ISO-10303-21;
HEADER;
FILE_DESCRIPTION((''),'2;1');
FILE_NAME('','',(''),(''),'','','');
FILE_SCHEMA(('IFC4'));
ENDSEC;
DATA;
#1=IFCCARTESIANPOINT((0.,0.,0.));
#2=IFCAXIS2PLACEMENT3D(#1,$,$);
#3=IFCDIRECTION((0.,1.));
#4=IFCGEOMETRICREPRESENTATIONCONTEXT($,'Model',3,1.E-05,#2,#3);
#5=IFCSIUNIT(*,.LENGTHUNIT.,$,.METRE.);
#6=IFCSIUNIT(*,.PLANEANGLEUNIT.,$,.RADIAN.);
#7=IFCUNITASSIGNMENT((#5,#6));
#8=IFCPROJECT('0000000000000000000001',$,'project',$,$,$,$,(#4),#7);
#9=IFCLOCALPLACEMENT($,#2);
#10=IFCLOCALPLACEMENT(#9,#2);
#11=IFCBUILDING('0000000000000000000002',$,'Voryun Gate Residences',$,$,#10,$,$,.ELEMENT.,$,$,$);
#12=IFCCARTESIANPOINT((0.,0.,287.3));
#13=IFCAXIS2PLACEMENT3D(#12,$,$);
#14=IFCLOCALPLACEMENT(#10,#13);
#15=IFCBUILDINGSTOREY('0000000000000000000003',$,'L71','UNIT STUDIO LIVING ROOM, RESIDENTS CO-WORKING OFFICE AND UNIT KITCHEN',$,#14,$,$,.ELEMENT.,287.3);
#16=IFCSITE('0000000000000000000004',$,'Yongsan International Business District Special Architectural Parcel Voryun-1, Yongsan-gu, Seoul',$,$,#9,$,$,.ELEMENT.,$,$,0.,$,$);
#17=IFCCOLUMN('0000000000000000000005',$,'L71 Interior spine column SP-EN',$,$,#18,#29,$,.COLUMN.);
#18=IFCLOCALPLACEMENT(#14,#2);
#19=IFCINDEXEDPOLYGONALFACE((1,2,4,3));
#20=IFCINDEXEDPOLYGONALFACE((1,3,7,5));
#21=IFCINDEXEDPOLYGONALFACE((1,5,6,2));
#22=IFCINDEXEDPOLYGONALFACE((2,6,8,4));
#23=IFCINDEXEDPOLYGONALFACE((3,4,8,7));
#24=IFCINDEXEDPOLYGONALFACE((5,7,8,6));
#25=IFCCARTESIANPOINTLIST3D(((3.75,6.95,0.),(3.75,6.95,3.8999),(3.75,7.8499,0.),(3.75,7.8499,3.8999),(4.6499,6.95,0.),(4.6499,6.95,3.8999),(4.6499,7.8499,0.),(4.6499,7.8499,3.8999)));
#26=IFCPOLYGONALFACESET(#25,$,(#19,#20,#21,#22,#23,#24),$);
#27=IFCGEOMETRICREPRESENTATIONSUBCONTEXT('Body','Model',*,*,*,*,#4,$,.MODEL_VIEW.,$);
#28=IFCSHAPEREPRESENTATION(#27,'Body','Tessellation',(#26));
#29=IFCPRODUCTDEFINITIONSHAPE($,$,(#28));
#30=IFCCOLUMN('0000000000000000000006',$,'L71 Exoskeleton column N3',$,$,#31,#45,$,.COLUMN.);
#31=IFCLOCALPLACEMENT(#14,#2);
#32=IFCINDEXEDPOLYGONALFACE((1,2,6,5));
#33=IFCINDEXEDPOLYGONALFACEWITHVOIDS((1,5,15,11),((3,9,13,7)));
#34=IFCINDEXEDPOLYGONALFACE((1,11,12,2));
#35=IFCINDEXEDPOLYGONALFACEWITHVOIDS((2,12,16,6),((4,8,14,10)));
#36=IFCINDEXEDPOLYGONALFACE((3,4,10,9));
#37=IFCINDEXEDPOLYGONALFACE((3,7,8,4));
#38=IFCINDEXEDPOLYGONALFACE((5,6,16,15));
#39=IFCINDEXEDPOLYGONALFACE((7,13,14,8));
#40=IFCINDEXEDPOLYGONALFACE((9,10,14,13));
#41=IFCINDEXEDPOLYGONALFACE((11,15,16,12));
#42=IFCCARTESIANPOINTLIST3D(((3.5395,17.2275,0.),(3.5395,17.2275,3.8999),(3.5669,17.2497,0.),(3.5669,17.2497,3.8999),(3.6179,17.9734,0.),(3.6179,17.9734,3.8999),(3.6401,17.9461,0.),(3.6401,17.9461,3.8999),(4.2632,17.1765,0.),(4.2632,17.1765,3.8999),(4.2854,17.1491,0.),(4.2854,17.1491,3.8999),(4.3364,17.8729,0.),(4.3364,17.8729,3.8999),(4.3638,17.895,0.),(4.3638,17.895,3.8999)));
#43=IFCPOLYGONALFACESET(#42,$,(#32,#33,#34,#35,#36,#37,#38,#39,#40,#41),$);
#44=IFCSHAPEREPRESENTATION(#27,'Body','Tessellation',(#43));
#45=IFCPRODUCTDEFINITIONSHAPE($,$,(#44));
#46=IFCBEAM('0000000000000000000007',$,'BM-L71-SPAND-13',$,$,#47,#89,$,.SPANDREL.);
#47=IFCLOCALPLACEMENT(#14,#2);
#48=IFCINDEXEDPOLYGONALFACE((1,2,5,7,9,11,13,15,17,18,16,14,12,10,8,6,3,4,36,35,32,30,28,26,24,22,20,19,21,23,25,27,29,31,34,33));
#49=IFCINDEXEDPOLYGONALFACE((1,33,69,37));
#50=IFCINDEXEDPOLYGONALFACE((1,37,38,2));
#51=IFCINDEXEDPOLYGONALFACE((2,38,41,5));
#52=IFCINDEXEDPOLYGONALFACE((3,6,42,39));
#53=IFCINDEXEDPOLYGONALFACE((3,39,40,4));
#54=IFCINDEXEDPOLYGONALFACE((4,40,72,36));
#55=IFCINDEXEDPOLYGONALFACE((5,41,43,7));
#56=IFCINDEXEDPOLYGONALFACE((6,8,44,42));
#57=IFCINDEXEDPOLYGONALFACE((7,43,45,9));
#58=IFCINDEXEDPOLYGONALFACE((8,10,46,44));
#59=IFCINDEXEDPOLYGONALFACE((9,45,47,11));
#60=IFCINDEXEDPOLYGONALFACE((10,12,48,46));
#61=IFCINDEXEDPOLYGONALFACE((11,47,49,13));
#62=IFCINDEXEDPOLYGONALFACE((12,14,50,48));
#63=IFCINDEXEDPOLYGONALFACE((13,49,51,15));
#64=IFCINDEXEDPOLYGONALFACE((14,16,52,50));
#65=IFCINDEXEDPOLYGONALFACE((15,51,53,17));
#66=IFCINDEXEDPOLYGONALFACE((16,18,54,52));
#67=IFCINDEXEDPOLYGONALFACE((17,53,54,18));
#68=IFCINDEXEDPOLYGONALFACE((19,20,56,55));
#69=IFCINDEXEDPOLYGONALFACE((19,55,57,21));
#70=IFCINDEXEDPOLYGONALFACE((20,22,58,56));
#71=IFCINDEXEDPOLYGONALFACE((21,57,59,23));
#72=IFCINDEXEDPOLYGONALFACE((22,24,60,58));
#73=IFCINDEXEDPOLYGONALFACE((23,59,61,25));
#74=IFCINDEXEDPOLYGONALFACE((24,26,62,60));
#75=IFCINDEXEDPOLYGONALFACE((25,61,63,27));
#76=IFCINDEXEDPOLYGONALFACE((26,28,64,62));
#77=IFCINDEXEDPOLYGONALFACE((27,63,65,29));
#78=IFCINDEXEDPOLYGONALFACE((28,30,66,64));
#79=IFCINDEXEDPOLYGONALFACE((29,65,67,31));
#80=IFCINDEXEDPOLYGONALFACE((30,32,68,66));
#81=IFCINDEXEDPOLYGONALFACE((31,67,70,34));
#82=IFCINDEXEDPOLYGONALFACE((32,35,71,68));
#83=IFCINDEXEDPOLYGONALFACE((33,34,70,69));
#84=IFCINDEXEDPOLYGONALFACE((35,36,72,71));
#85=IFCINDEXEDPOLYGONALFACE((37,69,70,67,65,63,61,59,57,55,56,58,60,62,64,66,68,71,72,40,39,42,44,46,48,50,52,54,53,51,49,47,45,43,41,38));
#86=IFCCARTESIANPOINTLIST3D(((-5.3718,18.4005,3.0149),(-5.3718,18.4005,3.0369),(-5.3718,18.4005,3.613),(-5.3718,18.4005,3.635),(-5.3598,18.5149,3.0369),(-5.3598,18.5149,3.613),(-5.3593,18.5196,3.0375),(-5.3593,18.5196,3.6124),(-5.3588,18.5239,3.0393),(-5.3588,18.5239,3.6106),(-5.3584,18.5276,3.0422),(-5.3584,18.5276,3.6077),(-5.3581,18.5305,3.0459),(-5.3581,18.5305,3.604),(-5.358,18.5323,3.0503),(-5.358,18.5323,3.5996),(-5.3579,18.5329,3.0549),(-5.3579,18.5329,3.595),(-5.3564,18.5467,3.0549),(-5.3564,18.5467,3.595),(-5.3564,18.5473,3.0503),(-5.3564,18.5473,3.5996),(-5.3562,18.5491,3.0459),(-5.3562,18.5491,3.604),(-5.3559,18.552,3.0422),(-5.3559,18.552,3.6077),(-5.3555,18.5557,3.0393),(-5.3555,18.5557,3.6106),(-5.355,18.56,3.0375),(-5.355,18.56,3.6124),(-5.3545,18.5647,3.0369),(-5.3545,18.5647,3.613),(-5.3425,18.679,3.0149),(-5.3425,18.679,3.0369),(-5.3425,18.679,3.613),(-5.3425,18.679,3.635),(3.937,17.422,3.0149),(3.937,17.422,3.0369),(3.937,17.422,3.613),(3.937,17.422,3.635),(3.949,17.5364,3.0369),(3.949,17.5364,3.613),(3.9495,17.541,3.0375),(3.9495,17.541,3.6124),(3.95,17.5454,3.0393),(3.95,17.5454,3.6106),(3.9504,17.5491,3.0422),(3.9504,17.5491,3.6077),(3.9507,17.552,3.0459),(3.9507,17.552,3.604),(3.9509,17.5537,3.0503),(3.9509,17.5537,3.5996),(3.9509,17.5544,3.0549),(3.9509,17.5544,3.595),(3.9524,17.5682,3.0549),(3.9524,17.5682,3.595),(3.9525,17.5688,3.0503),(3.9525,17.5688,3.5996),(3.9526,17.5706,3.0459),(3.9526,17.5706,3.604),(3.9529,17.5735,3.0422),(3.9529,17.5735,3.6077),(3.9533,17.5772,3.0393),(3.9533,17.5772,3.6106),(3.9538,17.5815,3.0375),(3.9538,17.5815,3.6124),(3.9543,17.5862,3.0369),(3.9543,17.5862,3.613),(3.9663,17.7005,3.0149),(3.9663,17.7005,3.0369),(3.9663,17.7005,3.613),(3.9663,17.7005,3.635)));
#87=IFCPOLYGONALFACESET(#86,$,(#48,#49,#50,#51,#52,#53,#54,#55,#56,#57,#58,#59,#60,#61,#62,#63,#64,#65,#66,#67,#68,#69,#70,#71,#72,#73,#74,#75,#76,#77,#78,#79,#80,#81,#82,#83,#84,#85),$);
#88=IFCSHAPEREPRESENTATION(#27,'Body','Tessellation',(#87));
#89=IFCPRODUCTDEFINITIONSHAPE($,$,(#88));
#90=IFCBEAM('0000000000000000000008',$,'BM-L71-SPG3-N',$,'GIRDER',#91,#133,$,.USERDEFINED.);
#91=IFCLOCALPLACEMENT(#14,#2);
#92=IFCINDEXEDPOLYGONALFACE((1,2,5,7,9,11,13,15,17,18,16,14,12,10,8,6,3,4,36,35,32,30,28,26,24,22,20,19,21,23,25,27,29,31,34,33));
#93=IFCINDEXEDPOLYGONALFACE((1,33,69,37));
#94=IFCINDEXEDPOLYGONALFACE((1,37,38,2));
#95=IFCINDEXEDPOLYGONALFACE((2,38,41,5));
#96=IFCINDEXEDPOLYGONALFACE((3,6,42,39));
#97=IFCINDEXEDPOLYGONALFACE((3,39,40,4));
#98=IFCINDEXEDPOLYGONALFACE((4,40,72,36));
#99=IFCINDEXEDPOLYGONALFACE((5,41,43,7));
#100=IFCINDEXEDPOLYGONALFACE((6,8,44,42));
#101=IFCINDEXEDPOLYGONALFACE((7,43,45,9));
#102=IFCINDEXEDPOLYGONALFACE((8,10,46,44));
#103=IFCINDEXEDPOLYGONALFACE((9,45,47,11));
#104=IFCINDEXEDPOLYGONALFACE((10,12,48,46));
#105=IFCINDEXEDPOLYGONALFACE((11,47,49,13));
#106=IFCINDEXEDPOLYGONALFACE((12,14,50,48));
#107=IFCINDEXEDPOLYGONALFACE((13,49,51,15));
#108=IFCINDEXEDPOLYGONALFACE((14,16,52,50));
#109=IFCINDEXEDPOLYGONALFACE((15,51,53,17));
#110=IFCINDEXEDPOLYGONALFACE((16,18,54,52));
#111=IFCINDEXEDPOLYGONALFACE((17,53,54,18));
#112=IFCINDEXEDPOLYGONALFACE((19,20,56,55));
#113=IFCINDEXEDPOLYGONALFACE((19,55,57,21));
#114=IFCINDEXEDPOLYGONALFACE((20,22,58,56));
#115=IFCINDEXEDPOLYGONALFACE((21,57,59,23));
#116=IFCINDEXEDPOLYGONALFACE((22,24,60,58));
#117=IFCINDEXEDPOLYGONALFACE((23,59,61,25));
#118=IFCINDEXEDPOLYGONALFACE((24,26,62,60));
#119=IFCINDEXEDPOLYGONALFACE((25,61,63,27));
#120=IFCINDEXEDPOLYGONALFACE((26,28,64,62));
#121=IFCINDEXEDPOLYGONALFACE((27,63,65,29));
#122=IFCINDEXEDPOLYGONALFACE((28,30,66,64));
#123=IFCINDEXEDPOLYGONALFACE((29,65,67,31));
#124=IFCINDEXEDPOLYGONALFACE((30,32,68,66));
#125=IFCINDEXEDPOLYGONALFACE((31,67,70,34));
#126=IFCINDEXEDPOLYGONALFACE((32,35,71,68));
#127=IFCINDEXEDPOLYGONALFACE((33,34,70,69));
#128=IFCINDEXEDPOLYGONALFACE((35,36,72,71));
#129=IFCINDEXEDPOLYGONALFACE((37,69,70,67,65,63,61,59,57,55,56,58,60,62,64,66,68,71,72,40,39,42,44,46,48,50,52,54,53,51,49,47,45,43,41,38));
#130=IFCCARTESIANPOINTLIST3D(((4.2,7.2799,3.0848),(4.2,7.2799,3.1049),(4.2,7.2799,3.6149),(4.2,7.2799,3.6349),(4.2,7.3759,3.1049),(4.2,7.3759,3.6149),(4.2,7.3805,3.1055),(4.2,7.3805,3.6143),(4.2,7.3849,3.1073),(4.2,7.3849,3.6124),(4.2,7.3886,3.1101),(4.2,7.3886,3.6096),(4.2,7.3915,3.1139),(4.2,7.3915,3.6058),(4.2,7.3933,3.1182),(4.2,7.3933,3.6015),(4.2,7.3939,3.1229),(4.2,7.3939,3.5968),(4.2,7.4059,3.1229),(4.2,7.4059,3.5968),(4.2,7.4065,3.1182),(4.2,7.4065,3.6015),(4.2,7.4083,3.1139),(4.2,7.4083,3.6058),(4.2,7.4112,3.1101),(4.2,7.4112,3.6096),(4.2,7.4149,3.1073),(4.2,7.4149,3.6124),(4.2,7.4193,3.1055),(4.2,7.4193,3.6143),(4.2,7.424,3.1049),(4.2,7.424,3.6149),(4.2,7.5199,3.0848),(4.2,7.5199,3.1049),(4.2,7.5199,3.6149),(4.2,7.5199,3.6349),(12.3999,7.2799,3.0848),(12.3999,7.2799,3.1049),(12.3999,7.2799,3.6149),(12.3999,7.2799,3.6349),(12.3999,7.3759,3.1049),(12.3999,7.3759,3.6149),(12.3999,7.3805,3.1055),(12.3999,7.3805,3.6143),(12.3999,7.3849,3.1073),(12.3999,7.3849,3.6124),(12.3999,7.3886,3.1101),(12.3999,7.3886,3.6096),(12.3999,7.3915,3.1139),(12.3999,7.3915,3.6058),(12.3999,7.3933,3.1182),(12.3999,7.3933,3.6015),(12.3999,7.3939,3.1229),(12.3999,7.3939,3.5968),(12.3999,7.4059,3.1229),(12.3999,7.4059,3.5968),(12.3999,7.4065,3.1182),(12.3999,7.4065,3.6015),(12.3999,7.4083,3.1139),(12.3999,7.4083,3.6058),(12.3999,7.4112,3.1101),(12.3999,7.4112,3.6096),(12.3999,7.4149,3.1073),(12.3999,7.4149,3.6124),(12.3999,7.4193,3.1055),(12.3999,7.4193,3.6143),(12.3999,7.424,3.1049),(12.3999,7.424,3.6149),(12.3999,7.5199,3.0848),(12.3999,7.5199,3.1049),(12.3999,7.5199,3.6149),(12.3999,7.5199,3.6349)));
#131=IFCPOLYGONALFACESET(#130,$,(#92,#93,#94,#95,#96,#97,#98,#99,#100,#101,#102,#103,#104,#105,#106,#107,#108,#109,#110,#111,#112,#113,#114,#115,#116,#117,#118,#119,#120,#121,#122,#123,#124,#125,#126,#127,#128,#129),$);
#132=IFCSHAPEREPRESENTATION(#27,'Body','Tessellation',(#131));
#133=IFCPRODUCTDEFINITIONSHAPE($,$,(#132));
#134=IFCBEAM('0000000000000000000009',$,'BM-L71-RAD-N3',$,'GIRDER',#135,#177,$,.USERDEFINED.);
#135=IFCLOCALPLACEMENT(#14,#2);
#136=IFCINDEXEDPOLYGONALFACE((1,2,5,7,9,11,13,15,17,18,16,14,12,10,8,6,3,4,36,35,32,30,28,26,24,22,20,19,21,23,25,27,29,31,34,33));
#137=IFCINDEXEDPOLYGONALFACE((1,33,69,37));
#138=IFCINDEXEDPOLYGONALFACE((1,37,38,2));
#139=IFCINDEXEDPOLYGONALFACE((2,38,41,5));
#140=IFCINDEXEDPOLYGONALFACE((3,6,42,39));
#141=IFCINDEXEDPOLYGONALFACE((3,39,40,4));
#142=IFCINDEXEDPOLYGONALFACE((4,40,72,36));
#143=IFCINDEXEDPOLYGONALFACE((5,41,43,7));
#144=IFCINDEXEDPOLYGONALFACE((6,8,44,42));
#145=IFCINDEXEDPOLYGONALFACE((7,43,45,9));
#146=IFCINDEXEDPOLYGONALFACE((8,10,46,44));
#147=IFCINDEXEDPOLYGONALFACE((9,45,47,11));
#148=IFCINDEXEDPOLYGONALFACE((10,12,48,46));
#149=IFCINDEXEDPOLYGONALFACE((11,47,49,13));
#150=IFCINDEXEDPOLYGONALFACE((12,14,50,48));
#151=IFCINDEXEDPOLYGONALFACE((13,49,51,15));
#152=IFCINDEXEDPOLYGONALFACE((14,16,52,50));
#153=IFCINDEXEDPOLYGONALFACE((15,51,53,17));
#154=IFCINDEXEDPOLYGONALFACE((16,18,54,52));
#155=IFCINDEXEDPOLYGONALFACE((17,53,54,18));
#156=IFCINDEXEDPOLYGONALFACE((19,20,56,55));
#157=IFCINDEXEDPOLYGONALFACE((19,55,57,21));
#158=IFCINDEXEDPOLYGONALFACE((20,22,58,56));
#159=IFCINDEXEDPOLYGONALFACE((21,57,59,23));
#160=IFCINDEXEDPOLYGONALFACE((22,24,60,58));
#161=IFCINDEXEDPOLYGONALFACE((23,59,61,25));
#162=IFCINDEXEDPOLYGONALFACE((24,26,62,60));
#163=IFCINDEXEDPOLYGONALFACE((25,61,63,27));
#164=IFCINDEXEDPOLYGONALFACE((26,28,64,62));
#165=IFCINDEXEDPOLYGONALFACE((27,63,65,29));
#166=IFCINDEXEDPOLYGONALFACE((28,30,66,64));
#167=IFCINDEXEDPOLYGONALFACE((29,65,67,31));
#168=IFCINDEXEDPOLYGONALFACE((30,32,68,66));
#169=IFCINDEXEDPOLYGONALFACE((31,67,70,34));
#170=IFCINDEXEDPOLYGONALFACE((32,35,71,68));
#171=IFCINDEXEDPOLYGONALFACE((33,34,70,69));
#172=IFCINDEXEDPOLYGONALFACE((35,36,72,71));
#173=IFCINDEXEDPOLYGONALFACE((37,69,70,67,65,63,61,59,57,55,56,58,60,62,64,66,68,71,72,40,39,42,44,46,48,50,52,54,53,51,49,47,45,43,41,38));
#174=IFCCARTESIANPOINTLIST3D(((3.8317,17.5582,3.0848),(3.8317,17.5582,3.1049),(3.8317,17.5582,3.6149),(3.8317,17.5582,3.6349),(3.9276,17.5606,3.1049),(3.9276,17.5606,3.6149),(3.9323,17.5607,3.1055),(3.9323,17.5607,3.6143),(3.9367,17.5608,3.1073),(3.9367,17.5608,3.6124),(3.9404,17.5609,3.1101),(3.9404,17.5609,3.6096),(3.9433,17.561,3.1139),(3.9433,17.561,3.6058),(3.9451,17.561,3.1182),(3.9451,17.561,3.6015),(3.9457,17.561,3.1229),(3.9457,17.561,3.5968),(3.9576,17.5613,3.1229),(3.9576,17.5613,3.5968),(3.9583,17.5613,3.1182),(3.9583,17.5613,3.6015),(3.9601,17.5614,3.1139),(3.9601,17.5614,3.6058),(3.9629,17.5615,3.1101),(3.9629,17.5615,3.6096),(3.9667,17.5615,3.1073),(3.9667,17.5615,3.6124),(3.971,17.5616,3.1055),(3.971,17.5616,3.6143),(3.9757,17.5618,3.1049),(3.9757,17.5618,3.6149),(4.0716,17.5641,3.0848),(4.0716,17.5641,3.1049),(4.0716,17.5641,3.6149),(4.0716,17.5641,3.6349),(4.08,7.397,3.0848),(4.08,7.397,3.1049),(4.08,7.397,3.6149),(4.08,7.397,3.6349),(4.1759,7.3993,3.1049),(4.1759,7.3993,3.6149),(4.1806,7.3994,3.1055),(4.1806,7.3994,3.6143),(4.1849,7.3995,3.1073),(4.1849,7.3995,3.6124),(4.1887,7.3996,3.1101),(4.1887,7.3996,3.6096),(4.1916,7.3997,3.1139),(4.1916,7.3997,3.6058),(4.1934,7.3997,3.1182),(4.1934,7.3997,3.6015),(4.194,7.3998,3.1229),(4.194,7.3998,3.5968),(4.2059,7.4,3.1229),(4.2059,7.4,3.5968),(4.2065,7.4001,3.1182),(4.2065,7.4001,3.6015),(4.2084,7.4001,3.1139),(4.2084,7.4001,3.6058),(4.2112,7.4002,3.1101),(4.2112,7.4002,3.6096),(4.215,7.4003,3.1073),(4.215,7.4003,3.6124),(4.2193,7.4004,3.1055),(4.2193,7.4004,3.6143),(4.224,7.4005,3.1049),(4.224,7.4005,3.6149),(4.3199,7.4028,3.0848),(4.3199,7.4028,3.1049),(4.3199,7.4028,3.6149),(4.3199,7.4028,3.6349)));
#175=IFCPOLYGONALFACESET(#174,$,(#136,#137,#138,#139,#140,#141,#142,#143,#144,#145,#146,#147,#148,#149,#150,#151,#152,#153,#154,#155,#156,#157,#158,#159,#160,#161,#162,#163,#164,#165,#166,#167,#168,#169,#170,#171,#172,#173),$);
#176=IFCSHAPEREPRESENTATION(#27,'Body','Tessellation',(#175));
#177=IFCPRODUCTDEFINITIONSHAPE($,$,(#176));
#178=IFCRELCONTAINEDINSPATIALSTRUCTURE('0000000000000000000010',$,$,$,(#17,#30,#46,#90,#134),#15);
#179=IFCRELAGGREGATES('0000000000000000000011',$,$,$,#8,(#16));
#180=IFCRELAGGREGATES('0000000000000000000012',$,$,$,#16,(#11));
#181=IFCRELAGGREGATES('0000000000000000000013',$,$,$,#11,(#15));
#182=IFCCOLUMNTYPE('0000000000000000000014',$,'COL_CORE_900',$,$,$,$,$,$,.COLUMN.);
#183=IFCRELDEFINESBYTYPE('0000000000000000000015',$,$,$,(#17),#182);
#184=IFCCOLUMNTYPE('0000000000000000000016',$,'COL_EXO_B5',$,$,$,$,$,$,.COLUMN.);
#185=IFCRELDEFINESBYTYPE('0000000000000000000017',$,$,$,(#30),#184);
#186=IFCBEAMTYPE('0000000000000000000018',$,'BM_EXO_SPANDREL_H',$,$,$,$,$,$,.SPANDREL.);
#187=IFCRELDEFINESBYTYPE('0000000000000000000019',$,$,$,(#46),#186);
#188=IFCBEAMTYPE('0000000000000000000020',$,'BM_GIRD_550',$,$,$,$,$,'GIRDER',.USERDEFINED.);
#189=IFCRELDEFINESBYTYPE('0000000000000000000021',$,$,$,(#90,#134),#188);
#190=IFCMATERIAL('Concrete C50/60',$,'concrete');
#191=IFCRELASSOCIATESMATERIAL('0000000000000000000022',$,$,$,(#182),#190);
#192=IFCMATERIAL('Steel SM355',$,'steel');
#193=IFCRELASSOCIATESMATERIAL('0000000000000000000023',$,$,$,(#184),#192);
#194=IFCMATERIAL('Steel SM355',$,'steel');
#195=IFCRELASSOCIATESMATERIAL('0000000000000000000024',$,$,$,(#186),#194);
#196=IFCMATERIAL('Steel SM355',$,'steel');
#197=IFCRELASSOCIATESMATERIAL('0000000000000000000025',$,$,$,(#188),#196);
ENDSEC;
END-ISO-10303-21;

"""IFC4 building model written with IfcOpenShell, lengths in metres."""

from ifc_helpers import new_model, si_unit, direction, frame, origin, origin_2d, place, context, subcontext, project, spatial, rectangle, hollow_rectangle, i_section, extrude, material, material_profile, profile_set, type_object, element, save


model = new_model("IFC4")

# Units and contexts
model_context = context("Model", 3, precision=1e-05, world=origin(), true_north=direction((0.0, 1.0)))
body_context = subcontext(model_context, "Body", "Model", "MODEL_VIEW")
ifc_project = project(units=[si_unit("LENGTHUNIT", "METRE"), si_unit("PLANEANGLEUNIT", "RADIAN")], contexts=[model_context])

# Site, building, storey
site_placement = place(None, origin())
site = spatial("IfcSite", under=ifc_project, at=site_placement, Name="Yongsan International Business District Special Architectural Parcel Voryun-1, Yongsan-gu, Seoul", CompositionType="ELEMENT", RefElevation=0.0)
building_placement = place(site_placement, origin())
building = spatial("IfcBuilding", under=site, at=building_placement, Name="Voryun Gate Residences", CompositionType="ELEMENT")
storey_placement = place(building_placement, frame((0.0, 0.0, 287.3)))
storey = spatial("IfcBuildingStorey", under=building, at=storey_placement, Name="L71", Description="UNIT STUDIO LIVING ROOM, RESIDENTS CO-WORKING OFFICE AND UNIT KITCHEN", CompositionType="ELEMENT", Elevation=287.3)

# Columns
ifc_material_1 = material(Name="Concrete C50/60", Category="concrete")
ifc_material_profile_1 = material_profile(ifc_material_1, rectangle(XDim=0.8999, YDim=0.8999, at=origin_2d()), Name="RC-900x900")
ifc_profile_set_1 = profile_set([ifc_material_profile_1], Name="Concrete C50/60")
column_type_1 = type_object("IfcColumnType", Name="COL_CORE_900", PredefinedType="COLUMN", material=ifc_profile_set_1)
column_1_placement = place(storey_placement, frame((4.2, 7.3999, 0.0), z_axis=(0.0, 0.0, 1.0), x_axis=(1.0, 0.0, 0.0)))
element("IfcColumn", 1, at=column_1_placement, inside=storey, type_object=column_type_1, Name="L71 Interior spine column SP-EN", PredefinedType="COLUMN", context=body_context, shape_type="SweptSolid", body=[
    extrude(rectangle(XDim=0.8999, YDim=0.8999, at=origin_2d()), origin(), (0.0, 0.0, 1.0), 3.8999),
])
ifc_material_2 = material(Name="Steel SM355", Category="steel")
ifc_material_profile_2 = material_profile(ifc_material_2, hollow_rectangle(XDim=0.75, YDim=0.75, WallThickness=0.0249, at=origin_2d()), Name="BOX-750x750x25")
ifc_profile_set_2 = profile_set([ifc_material_profile_2], Name="Steel SM355")
column_type_2 = type_object("IfcColumnType", Name="COL_EXO_B5", PredefinedType="COLUMN", material=ifc_profile_set_2)
column_2_placement = place(storey_placement, frame((3.9517, 17.5613, 0.0), z_axis=(0.0, 0.0, 1.0), x_axis=(0.994522, -0.104528, 0.0)))
element("IfcColumn", 2, at=column_2_placement, inside=storey, type_object=column_type_2, Name="L71 Exoskeleton column N3", PredefinedType="COLUMN", context=body_context, shape_type="SweptSolid", body=[
    extrude(hollow_rectangle(XDim=0.75, YDim=0.75, WallThickness=0.0249, at=origin_2d()), origin(), (0.0, 0.0, 1.0), 3.8999),
])

# Beams
ifc_material_3 = material(Name="Steel SM355", Category="steel")
ifc_material_profile_3 = material_profile(ifc_material_3, i_section(OverallWidth=0.28, OverallDepth=0.6201, WebThickness=0.0139, FlangeThickness=0.022, FilletRadius=0.0181, at=origin_2d()), Name="H-620x280x14x22")
ifc_profile_set_3 = profile_set([ifc_material_profile_3], Name="Steel SM355")
beam_type_1 = type_object("IfcBeamType", Name="BM_EXO_SPANDREL_H", PredefinedType="SPANDREL", material=ifc_profile_set_3)
beam_1_placement = place(storey_placement, frame((3.9517, 17.5613, 3.325), z_axis=(-0.994521, 0.104541, 0.0), x_axis=(-0.104541, -0.994521, 0.0)))
element("IfcBeam", 3, at=beam_1_placement, inside=storey, type_object=beam_type_1, Name="BM-L71-SPAND-13", PredefinedType="SPANDREL", context=body_context, shape_type="SweptSolid", body=[
    extrude(i_section(OverallWidth=0.28, OverallDepth=0.6201, WebThickness=0.0139, FlangeThickness=0.022, FilletRadius=0.0181, at=origin_2d()), origin(), (0.0, 0.0, 1.0), 9.3601),
])
ifc_material_4 = material(Name="Steel SM355", Category="steel")
ifc_material_profile_4 = material_profile(ifc_material_4, i_section(OverallWidth=0.24, OverallDepth=0.55, WebThickness=0.012, FlangeThickness=0.02, FilletRadius=0.0181, at=origin_2d()), Name="H-550x240x12x20")
ifc_profile_set_4 = profile_set([ifc_material_profile_4], Name="Steel SM355")
beam_type_2 = type_object("IfcBeamType", Name="BM_GIRD_550", ElementType="GIRDER", PredefinedType="USERDEFINED", material=ifc_profile_set_4)
beam_2_placement = place(storey_placement, frame((4.2, 7.3999, 3.3599), z_axis=(1.0, 0.0, 0.0), x_axis=(0.0, 1.0, 0.0)))
element("IfcBeam", 4, at=beam_2_placement, inside=storey, type_object=beam_type_2, Name="BM-L71-SPG3-N", ObjectType="GIRDER", PredefinedType="USERDEFINED", context=body_context, shape_type="SweptSolid", body=[
    extrude(i_section(OverallWidth=0.24, OverallDepth=0.55, WebThickness=0.012, FlangeThickness=0.02, FilletRadius=0.0181, at=origin_2d()), origin(), (0.0, 0.0, 1.0), 8.2),
])
beam_3_placement = place(storey_placement, frame((4.2, 7.3999, 3.3599), z_axis=(-0.024427, 0.999702, 0.0), x_axis=(-0.999702, -0.024427, 0.0)))
element("IfcBeam", 5, at=beam_3_placement, inside=storey, type_object=beam_type_2, Name="BM-L71-RAD-N3", ObjectType="GIRDER", PredefinedType="USERDEFINED", context=body_context, shape_type="SweptSolid", body=[
    extrude(i_section(OverallWidth=0.24, OverallDepth=0.55, WebThickness=0.012, FlangeThickness=0.02, FilletRadius=0.0181, at=origin_2d()), origin(), (0.0, 0.0, 1.0), 10.1643),
])

save(model, "model.ifc")
